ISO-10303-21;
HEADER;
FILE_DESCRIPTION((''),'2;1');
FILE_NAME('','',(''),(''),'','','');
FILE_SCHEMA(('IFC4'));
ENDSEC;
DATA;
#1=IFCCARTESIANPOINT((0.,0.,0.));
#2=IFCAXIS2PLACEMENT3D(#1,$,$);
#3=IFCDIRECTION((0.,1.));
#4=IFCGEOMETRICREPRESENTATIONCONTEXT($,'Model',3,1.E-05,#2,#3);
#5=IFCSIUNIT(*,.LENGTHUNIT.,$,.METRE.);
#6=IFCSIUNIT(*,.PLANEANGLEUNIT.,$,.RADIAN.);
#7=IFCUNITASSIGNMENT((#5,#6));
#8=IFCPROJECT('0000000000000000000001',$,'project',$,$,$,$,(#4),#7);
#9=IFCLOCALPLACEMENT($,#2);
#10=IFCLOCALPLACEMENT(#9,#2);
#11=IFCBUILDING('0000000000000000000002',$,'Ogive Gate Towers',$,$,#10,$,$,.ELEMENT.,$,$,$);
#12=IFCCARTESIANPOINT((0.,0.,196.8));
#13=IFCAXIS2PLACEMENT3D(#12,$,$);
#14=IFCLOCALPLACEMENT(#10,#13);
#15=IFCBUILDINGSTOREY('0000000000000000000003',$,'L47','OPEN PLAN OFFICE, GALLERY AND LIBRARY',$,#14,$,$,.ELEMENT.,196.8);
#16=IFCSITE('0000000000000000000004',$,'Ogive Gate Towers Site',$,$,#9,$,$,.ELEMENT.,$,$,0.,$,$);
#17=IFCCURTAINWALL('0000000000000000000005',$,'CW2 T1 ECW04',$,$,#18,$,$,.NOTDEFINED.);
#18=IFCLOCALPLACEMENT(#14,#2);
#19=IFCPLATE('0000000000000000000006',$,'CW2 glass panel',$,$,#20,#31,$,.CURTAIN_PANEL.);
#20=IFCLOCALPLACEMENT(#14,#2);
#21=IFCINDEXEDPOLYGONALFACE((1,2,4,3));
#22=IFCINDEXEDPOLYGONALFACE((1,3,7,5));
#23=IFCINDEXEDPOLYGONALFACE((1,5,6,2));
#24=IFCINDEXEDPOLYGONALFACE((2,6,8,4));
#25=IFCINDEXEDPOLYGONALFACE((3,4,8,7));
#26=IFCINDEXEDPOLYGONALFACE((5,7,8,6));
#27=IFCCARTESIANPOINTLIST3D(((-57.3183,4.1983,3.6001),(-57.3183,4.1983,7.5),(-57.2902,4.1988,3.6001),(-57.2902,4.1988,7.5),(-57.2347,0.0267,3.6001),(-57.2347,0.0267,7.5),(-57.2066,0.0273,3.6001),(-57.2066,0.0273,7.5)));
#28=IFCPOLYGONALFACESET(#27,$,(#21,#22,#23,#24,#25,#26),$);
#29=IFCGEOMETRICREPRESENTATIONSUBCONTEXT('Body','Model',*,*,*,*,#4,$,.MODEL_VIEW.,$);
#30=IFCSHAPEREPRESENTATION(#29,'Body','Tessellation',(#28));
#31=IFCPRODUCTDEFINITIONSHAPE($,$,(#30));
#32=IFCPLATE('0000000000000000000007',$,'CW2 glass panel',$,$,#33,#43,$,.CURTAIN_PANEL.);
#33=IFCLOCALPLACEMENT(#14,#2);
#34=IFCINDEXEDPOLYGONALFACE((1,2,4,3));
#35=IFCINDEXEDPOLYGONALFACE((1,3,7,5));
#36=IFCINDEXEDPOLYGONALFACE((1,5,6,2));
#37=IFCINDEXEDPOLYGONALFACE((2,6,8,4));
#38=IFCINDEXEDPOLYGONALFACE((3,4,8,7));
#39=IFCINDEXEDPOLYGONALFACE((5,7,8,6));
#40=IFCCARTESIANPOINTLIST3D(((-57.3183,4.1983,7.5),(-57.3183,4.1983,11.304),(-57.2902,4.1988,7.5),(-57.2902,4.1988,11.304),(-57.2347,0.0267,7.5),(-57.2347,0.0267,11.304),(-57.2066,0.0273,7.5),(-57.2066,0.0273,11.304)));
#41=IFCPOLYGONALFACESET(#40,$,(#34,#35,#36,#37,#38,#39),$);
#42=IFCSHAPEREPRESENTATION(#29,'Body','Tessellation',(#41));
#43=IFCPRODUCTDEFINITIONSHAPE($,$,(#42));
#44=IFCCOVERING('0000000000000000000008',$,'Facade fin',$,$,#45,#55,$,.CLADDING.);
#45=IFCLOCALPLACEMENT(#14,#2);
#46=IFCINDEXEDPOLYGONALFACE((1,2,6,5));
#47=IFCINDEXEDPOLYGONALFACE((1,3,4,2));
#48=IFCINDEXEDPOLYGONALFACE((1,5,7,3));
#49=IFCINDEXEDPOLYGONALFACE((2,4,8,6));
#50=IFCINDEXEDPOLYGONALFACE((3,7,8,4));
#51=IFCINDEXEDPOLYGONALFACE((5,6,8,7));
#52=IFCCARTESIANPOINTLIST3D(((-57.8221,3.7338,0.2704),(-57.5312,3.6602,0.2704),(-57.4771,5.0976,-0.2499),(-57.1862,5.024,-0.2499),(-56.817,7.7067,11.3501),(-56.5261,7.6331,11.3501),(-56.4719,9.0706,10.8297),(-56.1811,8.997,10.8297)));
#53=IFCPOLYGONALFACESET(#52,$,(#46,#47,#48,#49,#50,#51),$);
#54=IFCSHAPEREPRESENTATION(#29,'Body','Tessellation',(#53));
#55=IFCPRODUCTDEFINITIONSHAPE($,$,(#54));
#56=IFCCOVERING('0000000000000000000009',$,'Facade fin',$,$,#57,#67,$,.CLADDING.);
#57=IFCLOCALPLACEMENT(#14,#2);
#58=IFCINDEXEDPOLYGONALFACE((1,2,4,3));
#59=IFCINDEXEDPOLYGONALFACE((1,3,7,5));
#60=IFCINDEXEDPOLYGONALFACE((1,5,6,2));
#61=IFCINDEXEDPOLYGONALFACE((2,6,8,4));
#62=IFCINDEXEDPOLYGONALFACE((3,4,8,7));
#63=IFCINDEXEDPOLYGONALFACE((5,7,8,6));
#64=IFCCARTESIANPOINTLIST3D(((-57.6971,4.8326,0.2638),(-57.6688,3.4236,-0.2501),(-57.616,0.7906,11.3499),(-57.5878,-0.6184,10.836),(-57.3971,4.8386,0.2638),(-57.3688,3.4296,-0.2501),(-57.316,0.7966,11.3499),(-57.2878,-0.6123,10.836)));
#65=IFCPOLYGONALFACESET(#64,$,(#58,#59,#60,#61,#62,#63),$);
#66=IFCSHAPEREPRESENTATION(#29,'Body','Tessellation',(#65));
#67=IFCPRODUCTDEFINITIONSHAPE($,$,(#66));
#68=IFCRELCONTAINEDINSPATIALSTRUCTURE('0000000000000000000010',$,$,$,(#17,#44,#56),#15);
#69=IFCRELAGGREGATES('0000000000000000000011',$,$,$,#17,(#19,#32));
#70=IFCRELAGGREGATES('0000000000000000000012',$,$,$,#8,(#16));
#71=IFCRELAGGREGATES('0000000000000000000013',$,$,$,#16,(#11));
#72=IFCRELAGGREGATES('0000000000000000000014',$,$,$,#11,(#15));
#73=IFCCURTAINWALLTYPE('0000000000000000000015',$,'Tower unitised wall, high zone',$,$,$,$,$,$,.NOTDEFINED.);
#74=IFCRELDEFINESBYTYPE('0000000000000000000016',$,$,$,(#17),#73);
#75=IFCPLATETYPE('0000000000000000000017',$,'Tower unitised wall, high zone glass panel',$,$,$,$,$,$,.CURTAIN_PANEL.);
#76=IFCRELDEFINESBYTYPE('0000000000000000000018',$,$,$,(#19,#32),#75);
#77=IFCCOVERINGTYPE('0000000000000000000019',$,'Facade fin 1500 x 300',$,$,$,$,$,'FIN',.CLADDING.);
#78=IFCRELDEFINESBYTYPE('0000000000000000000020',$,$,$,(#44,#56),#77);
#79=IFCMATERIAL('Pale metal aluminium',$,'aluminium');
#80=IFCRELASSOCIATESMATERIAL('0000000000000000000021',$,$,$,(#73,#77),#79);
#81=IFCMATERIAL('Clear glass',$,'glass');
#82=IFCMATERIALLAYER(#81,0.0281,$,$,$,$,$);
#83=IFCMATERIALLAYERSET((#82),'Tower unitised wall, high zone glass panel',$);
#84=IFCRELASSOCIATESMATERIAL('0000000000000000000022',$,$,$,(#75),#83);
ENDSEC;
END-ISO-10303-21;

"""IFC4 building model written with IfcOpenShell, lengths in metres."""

from ifc_helpers import new_model, si_unit, direction, frame, origin, origin_2d, place, context, subcontext, project, spatial, rectangle, extrude, material, layer, layer_set, material_profile, profile_set, type_object, element, aggregate, save


model = new_model("IFC4")

# Units and contexts
model_context = context("Model", 3, precision=1e-05, world=origin(), true_north=direction((0.0, 1.0)))
body_context = subcontext(model_context, "Body", "Model", "MODEL_VIEW")
ifc_project = project(units=[si_unit("LENGTHUNIT", "METRE"), si_unit("PLANEANGLEUNIT", "RADIAN")], contexts=[model_context])

# Site, building, storey
site_placement = place(None, origin())
site = spatial("IfcSite", under=ifc_project, at=site_placement, Name="Ogive Gate Towers Site", CompositionType="ELEMENT", RefElevation=0.0)
building_placement = place(site_placement, origin())
building = spatial("IfcBuilding", under=site, at=building_placement, Name="Ogive Gate Towers", CompositionType="ELEMENT")
storey_placement = place(building_placement, frame((0.0, 0.0, 196.8)))
storey = spatial("IfcBuildingStorey", under=building, at=storey_placement, Name="L47", Description="OPEN PLAN OFFICE, GALLERY AND LIBRARY", CompositionType="ELEMENT", Elevation=196.8)

# Curtain wall, plates
ifc_material_1 = material(Name="Pale metal aluminium", Category="aluminium")
curtain_wall_type = type_object("IfcCurtainWallType", Name="Tower unitised wall, high zone", PredefinedType="NOTDEFINED", material=ifc_material_1)
curtain_wall_placement = place(storey_placement, origin())
curtain_wall = element("IfcCurtainWall", 1, at=curtain_wall_placement, inside=storey, type_object=curtain_wall_type, Name="CW2 T1 ECW04", PredefinedType="NOTDEFINED")
ifc_material_2 = material(Name="Clear glass", Category="glass")
ifc_layer = layer(ifc_material_2, 0.0281)
ifc_layer_set = layer_set([ifc_layer], Name="Tower unitised wall, high zone glass panel")
plate_type = type_object("IfcPlateType", Name="Tower unitised wall, high zone glass panel", PredefinedType="CURTAIN_PANEL", material=ifc_layer_set)
plate_1_placement = place(storey_placement, frame((-57.2625, 2.1128, 3.6001), z_axis=(0.0, 0.0, 1.0), x_axis=(0.020052, -0.999799, 0.0)))
plate_1 = element("IfcPlate", 2, at=plate_1_placement, type_object=plate_type, Name="CW2 glass panel", PredefinedType="CURTAIN_PANEL", context=body_context, shape_type="SweptSolid", body=[
    extrude(rectangle(XDim=4.1724, YDim=0.0281, at=origin_2d()), origin(), (0.0, 0.0, 1.0), 3.8999),
])
plate_2_placement = place(storey_placement, frame((-57.2625, 2.1128, 7.5), z_axis=(0.0, 0.0, 1.0), x_axis=(0.020052, -0.999799, 0.0)))
plate_2 = element("IfcPlate", 3, at=plate_2_placement, type_object=plate_type, Name="CW2 glass panel", PredefinedType="CURTAIN_PANEL", context=body_context, shape_type="SweptSolid", body=[
    extrude(rectangle(XDim=4.1724, YDim=0.0281, at=origin_2d()), origin(), (0.0, 0.0, 1.0), 3.804),
])
aggregate(curtain_wall, [plate_1, plate_2])

# Coverings
ifc_material_profile_1 = material_profile(ifc_material_1, rectangle(XDim=0.3, YDim=1.5, at=origin_2d()), Name="1500 x 300 pale metal aluminium")
ifc_profile_set_1 = profile_set([ifc_material_profile_1], Name="Pale metal aluminium")
covering_type = type_object("IfcCoveringType", Name="Facade fin 1500 x 300", ElementType="FIN", PredefinedType="CLADDING", material=ifc_profile_set_1)
covering_1_placement = place(storey_placement, frame((-57.5042, 4.3789, 0.0103), z_axis=(0.085085, 0.33631, 0.9379), x_axis=(-0.969455, 0.245268, 0.0)))
element("IfcCovering", 4, at=covering_1_placement, inside=storey, type_object=covering_type, Name="Facade fin", PredefinedType="CLADDING", context=body_context, shape_type="SweptSolid", body=[
    extrude(rectangle(XDim=0.3, YDim=1.5, at=origin_2d()), origin(), (0.0, 0.0, 1.0), 11.8132),
])
covering_2_placement = place(storey_placement, frame((-57.533, 4.1311, 0.0068), z_axis=(0.006869, -0.342532, 0.939481), x_axis=(0.999799, 0.020049, 0.0)))
element("IfcCovering", 5, at=covering_2_placement, inside=storey, type_object=covering_type, Name="Facade fin", PredefinedType="CLADDING", context=body_context, shape_type="SweptSolid", body=[
    extrude(rectangle(XDim=0.3, YDim=1.5, at=origin_2d()), origin(), (0.0, 0.0, 1.0), 11.8003),
])

save(model, "model.ifc")
